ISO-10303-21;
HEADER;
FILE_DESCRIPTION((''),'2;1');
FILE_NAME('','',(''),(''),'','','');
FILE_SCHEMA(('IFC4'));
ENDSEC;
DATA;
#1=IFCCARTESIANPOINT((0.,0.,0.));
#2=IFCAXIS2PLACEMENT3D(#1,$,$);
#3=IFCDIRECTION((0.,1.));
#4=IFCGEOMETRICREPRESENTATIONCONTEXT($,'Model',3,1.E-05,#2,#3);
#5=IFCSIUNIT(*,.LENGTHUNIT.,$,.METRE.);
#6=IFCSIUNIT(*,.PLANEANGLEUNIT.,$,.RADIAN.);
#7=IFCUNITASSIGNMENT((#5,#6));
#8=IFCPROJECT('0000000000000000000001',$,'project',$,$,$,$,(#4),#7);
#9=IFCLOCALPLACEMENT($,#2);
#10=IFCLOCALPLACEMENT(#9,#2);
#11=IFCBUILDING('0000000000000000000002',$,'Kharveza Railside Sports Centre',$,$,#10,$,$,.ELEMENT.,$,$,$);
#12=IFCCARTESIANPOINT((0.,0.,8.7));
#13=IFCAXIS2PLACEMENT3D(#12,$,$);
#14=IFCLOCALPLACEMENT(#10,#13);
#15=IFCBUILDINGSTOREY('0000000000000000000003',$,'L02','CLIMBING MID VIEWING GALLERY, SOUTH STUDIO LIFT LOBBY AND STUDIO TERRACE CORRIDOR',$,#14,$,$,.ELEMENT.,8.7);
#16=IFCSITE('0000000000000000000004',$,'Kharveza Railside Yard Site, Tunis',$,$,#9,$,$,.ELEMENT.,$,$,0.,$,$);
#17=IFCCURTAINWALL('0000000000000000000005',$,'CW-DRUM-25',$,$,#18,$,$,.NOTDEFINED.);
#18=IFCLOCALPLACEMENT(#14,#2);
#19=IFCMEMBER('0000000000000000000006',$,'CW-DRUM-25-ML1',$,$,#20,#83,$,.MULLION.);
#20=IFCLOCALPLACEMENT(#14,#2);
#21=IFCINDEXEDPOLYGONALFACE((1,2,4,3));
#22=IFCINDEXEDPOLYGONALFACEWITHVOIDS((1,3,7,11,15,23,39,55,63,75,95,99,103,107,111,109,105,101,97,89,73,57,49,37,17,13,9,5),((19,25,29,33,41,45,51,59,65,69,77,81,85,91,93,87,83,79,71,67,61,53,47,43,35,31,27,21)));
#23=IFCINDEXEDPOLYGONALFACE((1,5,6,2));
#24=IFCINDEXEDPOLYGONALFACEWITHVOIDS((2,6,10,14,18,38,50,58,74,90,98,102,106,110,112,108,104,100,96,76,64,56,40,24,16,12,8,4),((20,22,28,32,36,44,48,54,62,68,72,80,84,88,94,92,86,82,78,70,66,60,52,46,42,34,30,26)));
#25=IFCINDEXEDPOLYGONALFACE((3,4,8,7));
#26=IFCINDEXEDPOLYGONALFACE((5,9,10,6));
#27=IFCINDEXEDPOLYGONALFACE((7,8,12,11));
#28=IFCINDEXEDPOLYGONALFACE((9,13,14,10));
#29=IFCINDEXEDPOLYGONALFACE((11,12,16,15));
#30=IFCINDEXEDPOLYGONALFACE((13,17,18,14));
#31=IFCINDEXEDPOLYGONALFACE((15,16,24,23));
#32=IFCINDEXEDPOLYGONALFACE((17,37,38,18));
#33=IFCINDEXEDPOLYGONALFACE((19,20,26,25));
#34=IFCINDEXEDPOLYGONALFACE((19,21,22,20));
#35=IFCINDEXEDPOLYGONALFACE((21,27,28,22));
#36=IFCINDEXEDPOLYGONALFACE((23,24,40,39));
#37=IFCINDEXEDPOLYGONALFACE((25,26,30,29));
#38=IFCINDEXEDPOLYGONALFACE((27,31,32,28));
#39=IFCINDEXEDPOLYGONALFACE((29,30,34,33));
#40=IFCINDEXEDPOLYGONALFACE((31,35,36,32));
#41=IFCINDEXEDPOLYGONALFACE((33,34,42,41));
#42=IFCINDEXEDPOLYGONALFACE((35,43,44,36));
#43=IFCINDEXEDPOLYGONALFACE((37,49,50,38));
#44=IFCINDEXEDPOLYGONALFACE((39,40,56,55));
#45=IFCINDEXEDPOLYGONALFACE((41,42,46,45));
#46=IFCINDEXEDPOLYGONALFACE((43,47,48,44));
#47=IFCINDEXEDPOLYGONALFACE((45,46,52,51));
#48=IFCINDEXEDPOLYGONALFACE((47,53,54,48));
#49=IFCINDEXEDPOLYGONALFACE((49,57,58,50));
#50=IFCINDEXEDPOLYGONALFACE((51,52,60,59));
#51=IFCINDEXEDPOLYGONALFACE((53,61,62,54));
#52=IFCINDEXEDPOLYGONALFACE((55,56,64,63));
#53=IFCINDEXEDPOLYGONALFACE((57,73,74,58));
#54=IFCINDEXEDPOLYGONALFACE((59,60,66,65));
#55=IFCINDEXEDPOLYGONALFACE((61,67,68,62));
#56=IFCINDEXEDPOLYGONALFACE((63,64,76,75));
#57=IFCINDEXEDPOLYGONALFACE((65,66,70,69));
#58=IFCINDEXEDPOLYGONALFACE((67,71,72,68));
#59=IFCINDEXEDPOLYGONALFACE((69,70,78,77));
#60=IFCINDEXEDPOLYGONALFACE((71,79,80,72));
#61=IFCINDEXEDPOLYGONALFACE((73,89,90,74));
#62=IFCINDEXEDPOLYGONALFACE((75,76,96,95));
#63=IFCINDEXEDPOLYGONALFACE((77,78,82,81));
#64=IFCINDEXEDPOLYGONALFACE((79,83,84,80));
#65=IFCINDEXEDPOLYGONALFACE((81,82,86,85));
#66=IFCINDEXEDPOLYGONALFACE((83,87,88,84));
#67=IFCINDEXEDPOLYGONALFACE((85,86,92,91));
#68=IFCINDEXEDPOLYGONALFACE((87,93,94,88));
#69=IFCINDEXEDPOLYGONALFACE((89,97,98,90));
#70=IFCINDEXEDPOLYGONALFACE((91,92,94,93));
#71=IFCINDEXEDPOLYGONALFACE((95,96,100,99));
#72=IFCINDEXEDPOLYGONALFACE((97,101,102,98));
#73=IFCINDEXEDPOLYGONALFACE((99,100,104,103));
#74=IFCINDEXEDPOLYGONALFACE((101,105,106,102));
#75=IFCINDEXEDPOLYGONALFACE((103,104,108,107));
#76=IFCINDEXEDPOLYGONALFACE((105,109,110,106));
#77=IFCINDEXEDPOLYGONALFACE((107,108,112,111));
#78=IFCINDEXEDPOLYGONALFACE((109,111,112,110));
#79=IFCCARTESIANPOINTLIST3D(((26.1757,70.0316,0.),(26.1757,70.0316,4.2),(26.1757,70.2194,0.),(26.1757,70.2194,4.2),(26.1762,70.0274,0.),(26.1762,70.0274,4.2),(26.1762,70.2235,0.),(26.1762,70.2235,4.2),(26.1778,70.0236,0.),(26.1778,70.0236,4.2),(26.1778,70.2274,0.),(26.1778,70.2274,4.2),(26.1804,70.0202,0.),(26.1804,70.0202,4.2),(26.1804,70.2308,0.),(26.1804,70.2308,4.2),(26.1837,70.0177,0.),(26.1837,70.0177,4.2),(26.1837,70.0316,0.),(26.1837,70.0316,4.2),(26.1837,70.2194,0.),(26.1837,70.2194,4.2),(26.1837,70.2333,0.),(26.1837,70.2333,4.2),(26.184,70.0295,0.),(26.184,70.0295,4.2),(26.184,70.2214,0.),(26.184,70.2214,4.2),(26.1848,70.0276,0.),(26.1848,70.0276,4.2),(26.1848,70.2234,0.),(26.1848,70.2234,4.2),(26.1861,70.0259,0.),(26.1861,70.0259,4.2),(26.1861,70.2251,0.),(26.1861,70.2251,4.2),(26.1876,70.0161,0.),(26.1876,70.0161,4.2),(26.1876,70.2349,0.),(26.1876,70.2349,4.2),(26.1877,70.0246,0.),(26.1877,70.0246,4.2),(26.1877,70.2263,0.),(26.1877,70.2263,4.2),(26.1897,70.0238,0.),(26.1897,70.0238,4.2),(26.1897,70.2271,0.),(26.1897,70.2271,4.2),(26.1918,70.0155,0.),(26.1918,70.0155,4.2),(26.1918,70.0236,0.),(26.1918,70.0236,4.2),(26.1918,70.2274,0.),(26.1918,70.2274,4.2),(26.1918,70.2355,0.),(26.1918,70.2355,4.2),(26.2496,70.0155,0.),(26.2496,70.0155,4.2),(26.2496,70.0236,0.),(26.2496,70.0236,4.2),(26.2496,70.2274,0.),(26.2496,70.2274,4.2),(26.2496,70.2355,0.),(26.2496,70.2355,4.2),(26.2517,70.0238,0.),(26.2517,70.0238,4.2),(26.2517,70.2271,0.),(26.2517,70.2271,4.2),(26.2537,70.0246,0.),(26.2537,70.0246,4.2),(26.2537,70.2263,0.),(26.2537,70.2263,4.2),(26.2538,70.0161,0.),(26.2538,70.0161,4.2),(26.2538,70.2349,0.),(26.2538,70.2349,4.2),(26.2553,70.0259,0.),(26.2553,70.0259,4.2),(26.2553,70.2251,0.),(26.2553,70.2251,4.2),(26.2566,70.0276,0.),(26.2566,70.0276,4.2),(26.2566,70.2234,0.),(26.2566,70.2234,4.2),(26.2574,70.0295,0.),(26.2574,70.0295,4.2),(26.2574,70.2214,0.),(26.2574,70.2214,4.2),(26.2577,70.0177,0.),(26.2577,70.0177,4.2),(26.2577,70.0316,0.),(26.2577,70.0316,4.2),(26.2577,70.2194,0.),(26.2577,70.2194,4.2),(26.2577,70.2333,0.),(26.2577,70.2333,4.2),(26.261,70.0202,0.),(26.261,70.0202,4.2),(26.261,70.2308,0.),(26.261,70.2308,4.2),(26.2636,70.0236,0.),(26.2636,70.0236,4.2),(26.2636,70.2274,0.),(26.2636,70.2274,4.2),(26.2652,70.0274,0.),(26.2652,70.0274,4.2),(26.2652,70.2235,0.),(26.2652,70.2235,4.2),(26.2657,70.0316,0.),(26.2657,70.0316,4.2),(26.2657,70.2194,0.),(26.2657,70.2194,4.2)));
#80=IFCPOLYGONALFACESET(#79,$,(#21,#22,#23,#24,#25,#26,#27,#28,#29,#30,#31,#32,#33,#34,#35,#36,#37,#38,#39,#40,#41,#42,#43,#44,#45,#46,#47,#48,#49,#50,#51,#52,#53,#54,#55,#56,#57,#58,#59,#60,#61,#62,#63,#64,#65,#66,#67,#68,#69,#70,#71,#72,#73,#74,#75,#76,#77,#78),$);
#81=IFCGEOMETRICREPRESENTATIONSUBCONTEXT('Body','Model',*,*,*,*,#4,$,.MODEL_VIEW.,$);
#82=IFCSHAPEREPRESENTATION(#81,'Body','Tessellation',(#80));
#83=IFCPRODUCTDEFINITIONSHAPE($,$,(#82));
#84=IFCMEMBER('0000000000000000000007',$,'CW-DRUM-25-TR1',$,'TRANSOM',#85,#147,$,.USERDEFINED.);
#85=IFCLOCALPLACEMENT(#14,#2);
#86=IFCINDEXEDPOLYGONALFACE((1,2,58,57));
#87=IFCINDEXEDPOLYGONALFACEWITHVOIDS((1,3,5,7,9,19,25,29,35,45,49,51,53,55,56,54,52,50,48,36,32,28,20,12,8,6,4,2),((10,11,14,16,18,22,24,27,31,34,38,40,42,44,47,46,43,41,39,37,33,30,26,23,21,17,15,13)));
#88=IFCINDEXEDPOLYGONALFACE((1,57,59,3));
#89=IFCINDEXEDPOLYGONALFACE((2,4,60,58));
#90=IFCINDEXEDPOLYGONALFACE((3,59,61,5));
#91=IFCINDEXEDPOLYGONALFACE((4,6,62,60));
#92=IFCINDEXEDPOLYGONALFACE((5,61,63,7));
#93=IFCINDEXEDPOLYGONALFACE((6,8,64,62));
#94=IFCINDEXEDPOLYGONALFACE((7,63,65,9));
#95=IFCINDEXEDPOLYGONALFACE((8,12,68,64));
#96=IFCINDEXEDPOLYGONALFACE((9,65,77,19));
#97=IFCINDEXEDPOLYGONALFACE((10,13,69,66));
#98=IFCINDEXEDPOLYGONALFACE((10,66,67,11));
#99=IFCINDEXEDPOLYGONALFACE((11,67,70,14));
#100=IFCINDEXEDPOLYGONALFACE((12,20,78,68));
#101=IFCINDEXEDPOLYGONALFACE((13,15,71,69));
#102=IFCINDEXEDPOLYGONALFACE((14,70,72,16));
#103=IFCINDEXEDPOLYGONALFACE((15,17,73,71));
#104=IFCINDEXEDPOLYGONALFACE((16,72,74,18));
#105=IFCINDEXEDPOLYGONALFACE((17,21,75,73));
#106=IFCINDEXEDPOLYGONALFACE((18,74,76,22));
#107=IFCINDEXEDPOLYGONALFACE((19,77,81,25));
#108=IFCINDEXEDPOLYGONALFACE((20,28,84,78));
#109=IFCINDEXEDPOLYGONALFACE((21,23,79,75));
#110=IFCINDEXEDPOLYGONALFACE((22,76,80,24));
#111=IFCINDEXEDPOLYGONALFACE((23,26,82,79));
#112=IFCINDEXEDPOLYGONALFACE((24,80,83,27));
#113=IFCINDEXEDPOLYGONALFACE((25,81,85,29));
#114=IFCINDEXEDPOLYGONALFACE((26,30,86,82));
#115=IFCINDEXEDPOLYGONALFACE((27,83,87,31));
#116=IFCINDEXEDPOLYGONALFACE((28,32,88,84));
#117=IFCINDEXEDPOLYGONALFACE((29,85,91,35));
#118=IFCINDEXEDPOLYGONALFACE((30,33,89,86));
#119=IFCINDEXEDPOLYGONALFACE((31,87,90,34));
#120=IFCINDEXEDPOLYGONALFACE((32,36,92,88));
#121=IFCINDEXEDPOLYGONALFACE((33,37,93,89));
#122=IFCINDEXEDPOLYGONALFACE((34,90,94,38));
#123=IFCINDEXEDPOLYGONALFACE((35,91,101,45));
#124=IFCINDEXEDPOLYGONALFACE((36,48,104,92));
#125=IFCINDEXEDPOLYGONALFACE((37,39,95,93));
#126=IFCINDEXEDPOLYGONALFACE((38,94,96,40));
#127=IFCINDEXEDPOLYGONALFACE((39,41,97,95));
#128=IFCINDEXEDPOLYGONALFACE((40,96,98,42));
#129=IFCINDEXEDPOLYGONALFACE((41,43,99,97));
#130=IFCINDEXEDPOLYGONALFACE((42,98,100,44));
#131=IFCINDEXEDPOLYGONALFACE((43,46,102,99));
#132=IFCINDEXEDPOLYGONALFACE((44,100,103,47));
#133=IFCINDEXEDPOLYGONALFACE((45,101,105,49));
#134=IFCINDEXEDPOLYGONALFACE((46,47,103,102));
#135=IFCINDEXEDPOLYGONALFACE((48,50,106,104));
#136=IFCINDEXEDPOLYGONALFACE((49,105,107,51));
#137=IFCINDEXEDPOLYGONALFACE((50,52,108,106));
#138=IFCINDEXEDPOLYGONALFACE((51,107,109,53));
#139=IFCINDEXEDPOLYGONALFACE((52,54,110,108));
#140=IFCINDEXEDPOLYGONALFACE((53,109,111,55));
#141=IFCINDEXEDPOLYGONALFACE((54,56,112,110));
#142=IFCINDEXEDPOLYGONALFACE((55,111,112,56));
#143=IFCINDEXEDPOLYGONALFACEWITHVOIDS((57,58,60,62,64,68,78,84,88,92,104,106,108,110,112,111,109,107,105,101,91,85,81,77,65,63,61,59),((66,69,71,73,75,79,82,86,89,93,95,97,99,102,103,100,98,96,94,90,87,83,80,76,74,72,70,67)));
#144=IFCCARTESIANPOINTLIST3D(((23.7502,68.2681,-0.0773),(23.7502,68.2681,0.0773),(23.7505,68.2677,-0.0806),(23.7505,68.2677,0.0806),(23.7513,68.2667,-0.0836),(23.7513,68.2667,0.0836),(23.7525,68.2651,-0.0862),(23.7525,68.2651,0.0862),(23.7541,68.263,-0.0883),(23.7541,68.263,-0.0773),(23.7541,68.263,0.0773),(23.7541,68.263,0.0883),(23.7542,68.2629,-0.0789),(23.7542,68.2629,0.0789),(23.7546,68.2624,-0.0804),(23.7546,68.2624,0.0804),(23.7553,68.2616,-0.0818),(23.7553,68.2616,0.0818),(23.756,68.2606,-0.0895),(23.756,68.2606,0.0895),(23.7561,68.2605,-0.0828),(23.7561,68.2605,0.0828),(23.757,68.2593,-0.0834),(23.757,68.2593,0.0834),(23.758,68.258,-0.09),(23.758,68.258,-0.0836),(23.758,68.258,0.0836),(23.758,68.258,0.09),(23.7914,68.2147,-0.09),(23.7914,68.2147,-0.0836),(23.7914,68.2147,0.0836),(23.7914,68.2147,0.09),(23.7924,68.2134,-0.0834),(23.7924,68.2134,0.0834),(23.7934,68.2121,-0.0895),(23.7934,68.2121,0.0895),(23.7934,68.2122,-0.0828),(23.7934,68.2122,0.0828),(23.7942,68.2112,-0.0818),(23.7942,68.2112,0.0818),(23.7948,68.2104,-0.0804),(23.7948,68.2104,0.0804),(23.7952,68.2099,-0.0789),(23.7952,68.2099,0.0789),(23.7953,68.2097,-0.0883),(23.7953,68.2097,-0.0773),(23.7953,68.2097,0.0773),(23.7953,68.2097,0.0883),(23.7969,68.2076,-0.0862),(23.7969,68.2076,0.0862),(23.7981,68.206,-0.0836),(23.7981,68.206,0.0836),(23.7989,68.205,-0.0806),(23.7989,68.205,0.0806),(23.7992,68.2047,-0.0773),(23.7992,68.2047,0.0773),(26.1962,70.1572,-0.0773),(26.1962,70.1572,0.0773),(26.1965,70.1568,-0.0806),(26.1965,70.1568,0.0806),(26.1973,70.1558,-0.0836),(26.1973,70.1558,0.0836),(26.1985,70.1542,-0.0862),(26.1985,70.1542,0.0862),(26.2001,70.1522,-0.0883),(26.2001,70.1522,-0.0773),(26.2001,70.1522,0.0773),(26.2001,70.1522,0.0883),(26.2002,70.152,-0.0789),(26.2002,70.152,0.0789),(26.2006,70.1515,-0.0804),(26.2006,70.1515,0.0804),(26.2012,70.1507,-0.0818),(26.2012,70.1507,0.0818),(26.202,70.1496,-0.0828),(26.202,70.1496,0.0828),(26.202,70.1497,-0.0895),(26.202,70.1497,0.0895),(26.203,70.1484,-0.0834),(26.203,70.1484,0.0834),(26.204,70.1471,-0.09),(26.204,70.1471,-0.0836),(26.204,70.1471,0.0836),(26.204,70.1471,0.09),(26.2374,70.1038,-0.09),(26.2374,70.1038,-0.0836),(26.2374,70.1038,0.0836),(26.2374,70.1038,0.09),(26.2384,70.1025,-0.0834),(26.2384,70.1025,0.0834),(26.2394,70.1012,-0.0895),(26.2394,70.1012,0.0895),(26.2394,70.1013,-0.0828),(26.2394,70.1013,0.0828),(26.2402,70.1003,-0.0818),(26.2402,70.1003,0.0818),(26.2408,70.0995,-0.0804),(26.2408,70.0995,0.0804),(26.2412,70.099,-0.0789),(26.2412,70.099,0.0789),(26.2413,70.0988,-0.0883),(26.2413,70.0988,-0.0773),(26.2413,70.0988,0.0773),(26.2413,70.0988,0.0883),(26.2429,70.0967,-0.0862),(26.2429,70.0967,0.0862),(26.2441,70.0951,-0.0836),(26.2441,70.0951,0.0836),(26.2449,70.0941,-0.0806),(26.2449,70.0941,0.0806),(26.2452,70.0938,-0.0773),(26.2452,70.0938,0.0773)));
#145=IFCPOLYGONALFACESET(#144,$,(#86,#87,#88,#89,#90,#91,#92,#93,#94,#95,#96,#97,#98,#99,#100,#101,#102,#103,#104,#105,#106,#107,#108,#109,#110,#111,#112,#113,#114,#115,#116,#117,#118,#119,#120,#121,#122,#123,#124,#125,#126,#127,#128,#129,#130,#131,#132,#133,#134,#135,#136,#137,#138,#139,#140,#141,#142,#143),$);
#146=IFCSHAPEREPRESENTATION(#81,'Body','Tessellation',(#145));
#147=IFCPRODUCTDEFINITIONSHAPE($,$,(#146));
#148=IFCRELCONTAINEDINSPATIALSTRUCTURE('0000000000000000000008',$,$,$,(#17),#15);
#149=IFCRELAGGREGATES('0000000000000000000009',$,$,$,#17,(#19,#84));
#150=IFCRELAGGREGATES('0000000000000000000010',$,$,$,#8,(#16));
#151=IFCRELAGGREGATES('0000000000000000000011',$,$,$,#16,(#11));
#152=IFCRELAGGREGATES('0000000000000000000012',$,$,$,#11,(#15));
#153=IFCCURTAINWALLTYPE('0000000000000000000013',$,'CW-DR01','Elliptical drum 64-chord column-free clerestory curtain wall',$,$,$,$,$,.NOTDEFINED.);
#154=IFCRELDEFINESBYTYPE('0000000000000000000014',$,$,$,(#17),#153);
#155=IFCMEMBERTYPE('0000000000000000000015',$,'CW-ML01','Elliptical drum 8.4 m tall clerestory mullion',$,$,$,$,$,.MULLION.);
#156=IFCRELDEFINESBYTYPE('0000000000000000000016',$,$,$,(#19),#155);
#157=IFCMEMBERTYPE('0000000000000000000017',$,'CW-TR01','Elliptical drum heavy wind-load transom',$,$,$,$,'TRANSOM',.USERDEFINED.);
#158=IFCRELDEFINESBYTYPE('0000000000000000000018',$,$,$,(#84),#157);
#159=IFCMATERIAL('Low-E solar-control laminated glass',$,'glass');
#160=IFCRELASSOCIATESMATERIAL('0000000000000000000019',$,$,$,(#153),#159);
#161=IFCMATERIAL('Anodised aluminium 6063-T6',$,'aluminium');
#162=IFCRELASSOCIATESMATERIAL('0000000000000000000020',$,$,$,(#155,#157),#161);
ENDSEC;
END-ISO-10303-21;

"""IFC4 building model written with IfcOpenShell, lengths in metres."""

from ifc_helpers import new_model, si_unit, direction, frame, origin, origin_2d, place, context, subcontext, project, spatial, hollow_rectangle, extrude, material, material_profile, profile_set, type_object, element, aggregate, save


model = new_model("IFC4")

# Units and contexts
model_context = context("Model", 3, precision=1e-05, world=origin(), true_north=direction((0.0, 1.0)))
body_context = subcontext(model_context, "Body", "Model", "MODEL_VIEW")
ifc_project = project(units=[si_unit("LENGTHUNIT", "METRE"), si_unit("PLANEANGLEUNIT", "RADIAN")], contexts=[model_context])

# Site, building, storey
site_placement = place(None, origin())
site = spatial("IfcSite", under=ifc_project, at=site_placement, Name="Kharveza Railside Yard Site, Tunis", CompositionType="ELEMENT", RefElevation=0.0)
building_placement = place(site_placement, origin())
building = spatial("IfcBuilding", under=site, at=building_placement, Name="Kharveza Railside Sports Centre", CompositionType="ELEMENT")
storey_placement = place(building_placement, frame((0.0, 0.0, 8.7)))
storey = spatial("IfcBuildingStorey", under=building, at=storey_placement, Name="L02", Description="CLIMBING MID VIEWING GALLERY, SOUTH STUDIO LIFT LOBBY AND STUDIO TERRACE CORRIDOR", CompositionType="ELEMENT", Elevation=8.7)

# Curtain wall, members
ifc_material_1 = material(Name="Low-E solar-control laminated glass", Category="glass")
curtain_wall_type = type_object("IfcCurtainWallType", Name="CW-DR01", Description="Elliptical drum 64-chord column-free clerestory curtain wall", PredefinedType="NOTDEFINED", material=ifc_material_1)
curtain_wall_placement = place(storey_placement, origin())
curtain_wall = element("IfcCurtainWall", 1, at=curtain_wall_placement, inside=storey, type_object=curtain_wall_type, Name="CW-DRUM-25", PredefinedType="NOTDEFINED")
ifc_material_2 = material(Name="Anodised aluminium 6063-T6", Category="aluminium")
ifc_material_profile_1 = material_profile(ifc_material_2, hollow_rectangle(XDim=0.0901, YDim=0.22, WallThickness=0.0081, InnerFilletRadius=0.0081, OuterFilletRadius=0.0161, at=origin_2d()), Name="RHS 90x220x8.0")
ifc_profile_set_1 = profile_set([ifc_material_profile_1], Name="Anodised aluminium 6063-T6")
member_type_1 = type_object("IfcMemberType", Name="CW-ML01", Description="Elliptical drum 8.4 m tall clerestory mullion", PredefinedType="MULLION", material=ifc_profile_set_1)
member_1_placement = place(storey_placement, frame((26.2207, 70.1255, 0.0), z_axis=(0.0, 0.0, 1.0), x_axis=(1.0, 0.0, 0.0)))
member_1 = element("IfcMember", 2, at=member_1_placement, type_object=member_type_1, Name="CW-DRUM-25-ML1", PredefinedType="MULLION", context=body_context, shape_type="SweptSolid", body=[
    extrude(hollow_rectangle(XDim=0.0901, YDim=0.22, WallThickness=0.0081, InnerFilletRadius=0.0081, OuterFilletRadius=0.0161, at=origin_2d()), origin(), (0.0, 0.0, 1.0), 4.2),
])
ifc_material_profile_2 = material_profile(ifc_material_2, hollow_rectangle(XDim=0.0801, YDim=0.1799, WallThickness=0.0063, InnerFilletRadius=0.0063, OuterFilletRadius=0.0127, at=origin_2d()), Name="RHS 80x180x6.3")
ifc_profile_set_2 = profile_set([ifc_material_profile_2], Name="Anodised aluminium 6063-T6")
member_type_2 = type_object("IfcMemberType", Name="CW-TR01", Description="Elliptical drum heavy wind-load transom", ElementType="TRANSOM", PredefinedType="USERDEFINED", material=ifc_profile_set_2)
member_2_placement = place(storey_placement, frame((26.2207, 70.1255, 0.0), z_axis=(-0.791436, -0.611252, 0.0), x_axis=(0.611252, -0.791436, 0.0)))
member_2 = element("IfcMember", 3, at=member_2_placement, type_object=member_type_2, Name="CW-DRUM-25-TR1", ObjectType="TRANSOM", PredefinedType="USERDEFINED", context=body_context, shape_type="SweptSolid", body=[
    extrude(hollow_rectangle(XDim=0.0801, YDim=0.1799, WallThickness=0.0063, InnerFilletRadius=0.0063, OuterFilletRadius=0.0127, at=origin_2d()), origin(), (0.0, 0.0, 1.0), 3.0906),
])
aggregate(curtain_wall, [member_1, member_2])

save(model, "model.ifc")
